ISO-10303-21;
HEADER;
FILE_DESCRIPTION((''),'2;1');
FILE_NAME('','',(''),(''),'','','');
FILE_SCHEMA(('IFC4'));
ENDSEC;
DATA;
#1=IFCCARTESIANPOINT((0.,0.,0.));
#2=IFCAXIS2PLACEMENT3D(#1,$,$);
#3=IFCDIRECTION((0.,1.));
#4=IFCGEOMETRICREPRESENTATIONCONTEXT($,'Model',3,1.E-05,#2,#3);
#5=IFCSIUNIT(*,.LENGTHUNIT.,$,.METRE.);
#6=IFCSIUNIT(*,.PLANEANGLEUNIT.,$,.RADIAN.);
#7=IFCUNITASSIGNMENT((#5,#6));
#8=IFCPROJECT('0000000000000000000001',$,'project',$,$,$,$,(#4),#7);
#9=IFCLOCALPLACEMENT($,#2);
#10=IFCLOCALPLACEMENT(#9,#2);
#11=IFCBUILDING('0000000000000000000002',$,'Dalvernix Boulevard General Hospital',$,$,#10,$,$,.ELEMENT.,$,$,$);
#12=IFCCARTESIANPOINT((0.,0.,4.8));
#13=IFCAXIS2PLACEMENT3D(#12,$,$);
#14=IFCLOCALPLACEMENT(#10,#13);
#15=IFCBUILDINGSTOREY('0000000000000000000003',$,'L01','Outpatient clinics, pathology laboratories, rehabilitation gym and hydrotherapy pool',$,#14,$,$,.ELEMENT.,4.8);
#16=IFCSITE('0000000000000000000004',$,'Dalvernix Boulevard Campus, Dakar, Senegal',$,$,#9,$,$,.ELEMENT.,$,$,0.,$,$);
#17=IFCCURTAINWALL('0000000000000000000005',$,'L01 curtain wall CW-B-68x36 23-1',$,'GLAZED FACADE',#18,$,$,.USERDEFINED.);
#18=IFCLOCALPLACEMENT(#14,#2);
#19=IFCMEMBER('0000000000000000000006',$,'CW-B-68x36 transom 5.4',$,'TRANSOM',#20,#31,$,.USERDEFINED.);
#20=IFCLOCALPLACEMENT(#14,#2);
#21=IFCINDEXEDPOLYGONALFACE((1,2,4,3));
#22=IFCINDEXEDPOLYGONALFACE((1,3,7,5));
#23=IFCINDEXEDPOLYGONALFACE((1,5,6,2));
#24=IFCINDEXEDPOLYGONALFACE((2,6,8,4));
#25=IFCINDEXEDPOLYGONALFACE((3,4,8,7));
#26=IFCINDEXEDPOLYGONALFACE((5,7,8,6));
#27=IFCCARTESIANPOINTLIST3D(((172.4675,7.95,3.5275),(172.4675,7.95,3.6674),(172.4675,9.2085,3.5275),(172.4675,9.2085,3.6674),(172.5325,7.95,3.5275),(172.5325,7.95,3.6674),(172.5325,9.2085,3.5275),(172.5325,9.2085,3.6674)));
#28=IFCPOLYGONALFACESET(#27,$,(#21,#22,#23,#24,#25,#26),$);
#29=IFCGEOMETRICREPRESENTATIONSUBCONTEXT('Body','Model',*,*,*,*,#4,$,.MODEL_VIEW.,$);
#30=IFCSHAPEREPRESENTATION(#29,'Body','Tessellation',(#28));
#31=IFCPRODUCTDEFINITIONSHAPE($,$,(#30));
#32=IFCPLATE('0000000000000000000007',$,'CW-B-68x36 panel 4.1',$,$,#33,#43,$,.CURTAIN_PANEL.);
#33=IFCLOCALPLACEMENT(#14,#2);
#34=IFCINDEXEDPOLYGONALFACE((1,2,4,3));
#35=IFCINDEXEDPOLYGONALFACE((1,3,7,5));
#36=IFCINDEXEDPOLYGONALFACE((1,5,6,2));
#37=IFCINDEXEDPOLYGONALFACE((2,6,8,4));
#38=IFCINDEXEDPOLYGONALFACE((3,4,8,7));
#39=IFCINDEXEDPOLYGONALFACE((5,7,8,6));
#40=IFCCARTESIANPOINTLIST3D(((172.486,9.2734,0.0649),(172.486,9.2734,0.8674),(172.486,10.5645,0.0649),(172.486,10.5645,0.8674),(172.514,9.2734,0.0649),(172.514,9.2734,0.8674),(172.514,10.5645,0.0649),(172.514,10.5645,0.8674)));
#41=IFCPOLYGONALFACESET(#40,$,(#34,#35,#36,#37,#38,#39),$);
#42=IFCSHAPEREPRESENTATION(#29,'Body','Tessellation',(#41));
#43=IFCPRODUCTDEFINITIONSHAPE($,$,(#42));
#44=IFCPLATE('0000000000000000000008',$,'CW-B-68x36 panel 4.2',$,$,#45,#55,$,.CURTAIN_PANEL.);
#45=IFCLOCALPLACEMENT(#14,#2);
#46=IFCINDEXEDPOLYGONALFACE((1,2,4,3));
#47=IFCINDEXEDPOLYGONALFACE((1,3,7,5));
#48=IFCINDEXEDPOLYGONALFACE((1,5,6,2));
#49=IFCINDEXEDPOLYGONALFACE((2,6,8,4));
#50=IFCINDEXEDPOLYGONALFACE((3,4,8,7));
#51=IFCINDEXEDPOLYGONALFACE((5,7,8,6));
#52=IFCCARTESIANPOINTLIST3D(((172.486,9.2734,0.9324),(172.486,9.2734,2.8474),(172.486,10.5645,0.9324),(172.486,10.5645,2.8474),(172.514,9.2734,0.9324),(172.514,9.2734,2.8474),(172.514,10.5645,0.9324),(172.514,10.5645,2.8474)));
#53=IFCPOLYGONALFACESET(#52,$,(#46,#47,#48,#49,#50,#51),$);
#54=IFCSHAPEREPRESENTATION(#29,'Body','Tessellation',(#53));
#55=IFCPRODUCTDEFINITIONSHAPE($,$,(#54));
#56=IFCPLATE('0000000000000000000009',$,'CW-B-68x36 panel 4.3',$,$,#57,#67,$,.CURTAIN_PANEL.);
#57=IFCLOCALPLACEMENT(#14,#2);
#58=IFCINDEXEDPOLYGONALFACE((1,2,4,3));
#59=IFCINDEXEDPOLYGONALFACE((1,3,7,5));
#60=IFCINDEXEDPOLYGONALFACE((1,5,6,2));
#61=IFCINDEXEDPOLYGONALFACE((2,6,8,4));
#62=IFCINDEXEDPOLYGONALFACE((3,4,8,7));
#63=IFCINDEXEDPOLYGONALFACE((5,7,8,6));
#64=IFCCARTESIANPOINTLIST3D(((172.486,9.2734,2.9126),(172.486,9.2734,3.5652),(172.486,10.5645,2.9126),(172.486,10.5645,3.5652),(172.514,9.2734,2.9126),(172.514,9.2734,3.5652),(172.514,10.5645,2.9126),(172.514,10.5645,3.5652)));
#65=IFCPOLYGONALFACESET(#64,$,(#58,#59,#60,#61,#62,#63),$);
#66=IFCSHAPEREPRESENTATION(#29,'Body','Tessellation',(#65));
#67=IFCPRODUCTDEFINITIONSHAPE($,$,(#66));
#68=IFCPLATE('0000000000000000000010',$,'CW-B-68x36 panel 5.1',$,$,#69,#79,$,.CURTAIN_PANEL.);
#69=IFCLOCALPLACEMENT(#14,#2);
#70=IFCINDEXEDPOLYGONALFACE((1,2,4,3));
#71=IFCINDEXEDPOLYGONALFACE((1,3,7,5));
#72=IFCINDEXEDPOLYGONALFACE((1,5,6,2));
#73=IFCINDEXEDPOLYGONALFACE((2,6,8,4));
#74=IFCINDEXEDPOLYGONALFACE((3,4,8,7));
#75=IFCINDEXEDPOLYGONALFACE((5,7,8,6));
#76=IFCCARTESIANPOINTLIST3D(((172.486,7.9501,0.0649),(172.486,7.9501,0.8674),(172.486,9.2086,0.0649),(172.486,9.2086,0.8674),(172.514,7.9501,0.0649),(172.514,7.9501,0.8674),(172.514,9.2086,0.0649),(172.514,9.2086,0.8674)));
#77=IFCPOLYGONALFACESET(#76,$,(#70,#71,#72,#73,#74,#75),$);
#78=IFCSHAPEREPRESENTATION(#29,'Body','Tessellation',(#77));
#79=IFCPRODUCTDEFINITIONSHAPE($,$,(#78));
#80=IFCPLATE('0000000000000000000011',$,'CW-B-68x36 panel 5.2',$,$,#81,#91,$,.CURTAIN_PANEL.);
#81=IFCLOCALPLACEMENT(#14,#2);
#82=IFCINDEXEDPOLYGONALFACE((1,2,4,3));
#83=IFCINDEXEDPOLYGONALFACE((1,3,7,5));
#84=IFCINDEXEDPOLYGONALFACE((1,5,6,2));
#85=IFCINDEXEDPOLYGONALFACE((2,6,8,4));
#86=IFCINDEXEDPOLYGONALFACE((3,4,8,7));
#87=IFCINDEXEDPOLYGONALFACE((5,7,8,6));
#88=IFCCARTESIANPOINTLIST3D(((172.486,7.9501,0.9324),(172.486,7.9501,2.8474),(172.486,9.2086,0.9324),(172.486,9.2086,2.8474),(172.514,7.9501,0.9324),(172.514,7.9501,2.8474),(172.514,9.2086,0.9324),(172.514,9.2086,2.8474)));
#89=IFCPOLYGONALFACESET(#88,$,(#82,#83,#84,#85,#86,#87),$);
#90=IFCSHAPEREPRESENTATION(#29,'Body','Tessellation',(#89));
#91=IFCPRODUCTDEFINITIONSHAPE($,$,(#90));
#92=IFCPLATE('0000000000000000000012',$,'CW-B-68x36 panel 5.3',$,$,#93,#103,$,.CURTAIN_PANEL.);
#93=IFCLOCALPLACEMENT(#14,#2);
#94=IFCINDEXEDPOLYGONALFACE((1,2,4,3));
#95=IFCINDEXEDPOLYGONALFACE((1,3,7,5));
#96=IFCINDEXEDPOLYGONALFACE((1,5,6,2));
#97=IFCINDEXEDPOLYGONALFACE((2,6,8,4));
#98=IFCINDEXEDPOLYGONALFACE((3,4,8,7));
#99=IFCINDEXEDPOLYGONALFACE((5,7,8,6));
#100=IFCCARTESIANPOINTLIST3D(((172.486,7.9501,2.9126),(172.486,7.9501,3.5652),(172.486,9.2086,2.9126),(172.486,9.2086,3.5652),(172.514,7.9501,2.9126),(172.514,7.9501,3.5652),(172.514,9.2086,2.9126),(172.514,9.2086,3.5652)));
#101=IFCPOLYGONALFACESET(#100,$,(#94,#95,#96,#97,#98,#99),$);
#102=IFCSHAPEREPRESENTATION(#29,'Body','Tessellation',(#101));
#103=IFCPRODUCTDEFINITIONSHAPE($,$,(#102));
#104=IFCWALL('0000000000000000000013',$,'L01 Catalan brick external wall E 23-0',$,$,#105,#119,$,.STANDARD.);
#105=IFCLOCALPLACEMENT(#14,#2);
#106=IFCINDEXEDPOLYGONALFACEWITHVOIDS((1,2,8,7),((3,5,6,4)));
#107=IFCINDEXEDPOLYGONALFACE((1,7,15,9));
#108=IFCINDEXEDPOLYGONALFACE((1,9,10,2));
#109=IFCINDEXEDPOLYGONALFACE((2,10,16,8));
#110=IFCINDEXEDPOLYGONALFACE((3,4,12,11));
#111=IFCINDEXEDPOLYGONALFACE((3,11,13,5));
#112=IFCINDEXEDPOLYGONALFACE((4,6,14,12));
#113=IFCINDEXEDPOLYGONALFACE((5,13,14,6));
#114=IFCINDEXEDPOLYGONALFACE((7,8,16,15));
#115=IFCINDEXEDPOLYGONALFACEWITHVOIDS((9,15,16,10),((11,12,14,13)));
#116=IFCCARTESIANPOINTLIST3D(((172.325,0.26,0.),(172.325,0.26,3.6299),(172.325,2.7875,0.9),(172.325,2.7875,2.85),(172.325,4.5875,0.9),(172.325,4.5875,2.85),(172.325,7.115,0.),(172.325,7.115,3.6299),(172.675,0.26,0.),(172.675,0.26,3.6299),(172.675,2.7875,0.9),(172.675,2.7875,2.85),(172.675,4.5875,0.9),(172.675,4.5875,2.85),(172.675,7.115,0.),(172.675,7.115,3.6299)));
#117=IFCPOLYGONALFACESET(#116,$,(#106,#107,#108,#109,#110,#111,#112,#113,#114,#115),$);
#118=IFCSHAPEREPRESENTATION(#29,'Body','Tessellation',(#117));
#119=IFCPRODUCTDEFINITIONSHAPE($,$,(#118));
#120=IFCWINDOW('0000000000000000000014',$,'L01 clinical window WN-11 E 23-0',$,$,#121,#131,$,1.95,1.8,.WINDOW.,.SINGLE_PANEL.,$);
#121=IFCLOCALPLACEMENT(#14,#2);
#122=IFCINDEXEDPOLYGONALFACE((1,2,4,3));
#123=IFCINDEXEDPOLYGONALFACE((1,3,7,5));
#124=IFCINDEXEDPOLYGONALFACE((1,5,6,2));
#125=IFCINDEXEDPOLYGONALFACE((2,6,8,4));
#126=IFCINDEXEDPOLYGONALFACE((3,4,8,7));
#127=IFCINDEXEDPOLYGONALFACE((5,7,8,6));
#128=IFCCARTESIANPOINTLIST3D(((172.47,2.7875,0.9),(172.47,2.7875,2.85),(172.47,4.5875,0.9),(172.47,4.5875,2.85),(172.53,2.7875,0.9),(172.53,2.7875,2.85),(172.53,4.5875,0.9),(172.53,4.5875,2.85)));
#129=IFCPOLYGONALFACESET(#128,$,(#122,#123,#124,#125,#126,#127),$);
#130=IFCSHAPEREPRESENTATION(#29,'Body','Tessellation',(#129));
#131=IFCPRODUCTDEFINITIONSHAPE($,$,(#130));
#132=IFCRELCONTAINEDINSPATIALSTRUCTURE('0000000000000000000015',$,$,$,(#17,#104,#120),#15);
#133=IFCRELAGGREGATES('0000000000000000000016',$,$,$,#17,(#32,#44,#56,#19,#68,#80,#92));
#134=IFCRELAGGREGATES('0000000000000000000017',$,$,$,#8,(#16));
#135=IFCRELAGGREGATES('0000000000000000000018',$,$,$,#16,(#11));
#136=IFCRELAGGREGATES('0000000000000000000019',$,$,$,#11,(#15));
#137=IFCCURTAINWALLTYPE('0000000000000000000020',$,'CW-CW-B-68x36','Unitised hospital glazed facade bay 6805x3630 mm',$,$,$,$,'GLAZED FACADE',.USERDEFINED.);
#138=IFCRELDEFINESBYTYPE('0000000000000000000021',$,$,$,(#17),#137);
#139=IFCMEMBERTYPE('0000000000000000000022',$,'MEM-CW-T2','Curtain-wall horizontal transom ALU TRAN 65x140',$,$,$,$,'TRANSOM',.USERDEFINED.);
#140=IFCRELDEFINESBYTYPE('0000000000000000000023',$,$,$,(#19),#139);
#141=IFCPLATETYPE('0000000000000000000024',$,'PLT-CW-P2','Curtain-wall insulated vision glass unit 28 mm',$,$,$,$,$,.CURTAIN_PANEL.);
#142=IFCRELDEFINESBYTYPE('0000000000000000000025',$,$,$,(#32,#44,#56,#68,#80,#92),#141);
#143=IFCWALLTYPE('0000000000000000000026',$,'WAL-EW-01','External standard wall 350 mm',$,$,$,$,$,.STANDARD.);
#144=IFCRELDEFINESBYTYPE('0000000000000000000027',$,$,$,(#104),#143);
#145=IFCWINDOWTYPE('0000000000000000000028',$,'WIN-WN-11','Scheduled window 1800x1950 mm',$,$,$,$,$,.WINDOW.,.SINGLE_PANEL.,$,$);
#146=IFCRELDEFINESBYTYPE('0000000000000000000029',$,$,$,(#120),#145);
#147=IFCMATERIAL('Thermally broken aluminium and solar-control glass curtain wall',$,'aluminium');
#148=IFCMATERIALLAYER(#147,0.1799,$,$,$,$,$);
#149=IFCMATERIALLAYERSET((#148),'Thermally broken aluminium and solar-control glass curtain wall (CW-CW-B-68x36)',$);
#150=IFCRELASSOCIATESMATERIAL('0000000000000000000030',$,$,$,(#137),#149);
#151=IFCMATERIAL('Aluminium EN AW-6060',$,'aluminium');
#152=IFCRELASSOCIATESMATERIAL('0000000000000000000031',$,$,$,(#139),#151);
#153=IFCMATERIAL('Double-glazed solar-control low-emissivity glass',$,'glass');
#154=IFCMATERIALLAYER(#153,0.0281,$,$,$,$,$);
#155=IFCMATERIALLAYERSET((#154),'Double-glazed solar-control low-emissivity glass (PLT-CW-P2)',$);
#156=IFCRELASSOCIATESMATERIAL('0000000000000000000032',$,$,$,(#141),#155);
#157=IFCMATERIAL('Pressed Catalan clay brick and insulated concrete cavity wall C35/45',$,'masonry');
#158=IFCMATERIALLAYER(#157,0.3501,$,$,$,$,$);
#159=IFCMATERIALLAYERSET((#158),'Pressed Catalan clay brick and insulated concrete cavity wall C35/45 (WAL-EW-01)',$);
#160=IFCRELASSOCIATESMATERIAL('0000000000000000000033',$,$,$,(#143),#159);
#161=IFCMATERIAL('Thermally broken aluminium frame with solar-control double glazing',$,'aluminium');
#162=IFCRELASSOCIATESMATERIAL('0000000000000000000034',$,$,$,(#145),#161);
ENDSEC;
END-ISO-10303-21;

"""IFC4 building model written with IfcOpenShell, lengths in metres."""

from ifc_helpers import new_model, si_unit, direction, frame, frame_2d, origin, origin_2d, place, context, subcontext, project, spatial, rectangle, extrude, material, layer, layer_set, material_profile, profile_set, type_object, element, fill, aggregate, save


model = new_model("IFC4")

# Units and contexts
model_context = context("Model", 3, precision=1e-05, world=origin(), true_north=direction((0.0, 1.0)))
body_context = subcontext(model_context, "Body", "Model", "MODEL_VIEW")
ifc_project = project(units=[si_unit("LENGTHUNIT", "METRE"), si_unit("PLANEANGLEUNIT", "RADIAN")], contexts=[model_context])

# Site, building, storey
site_placement = place(None, origin())
site = spatial("IfcSite", under=ifc_project, at=site_placement, Name="Dalvernix Boulevard Campus, Dakar, Senegal", CompositionType="ELEMENT", RefElevation=0.0)
building_placement = place(site_placement, origin())
building = spatial("IfcBuilding", under=site, at=building_placement, Name="Dalvernix Boulevard General Hospital", CompositionType="ELEMENT")
storey_placement = place(building_placement, frame((0.0, 0.0, 4.8)))
storey = spatial("IfcBuildingStorey", under=building, at=storey_placement, Name="L01", Description="Outpatient clinics, pathology laboratories, rehabilitation gym and hydrotherapy pool", CompositionType="ELEMENT", Elevation=4.8)

# Curtain wall, member, plates
ifc_material_1 = material(Name="Thermally broken aluminium and solar-control glass curtain wall", Category="aluminium")
ifc_layer_1 = layer(ifc_material_1, 0.1799)
ifc_layer_set_1 = layer_set([ifc_layer_1], Name="Thermally broken aluminium and solar-control glass curtain wall (CW-CW-B-68x36)")
curtain_wall_type = type_object("IfcCurtainWallType", Name="CW-CW-B-68x36", Description="Unitised hospital glazed facade bay 6805x3630 mm", ElementType="GLAZED FACADE", PredefinedType="USERDEFINED", material=ifc_layer_set_1)
curtain_wall_placement = place(storey_placement, origin())
curtain_wall = element("IfcCurtainWall", 1, at=curtain_wall_placement, inside=storey, type_object=curtain_wall_type, Name="L01 curtain wall CW-B-68x36 23-1", ObjectType="GLAZED FACADE", PredefinedType="USERDEFINED")
ifc_material_2 = material(Name="Aluminium EN AW-6060", Category="aluminium")
ifc_material_profile_1 = material_profile(ifc_material_2, rectangle(XDim=0.0649, YDim=0.1399, at=origin_2d()), Name="ALU TRAN 65x140")
ifc_profile_set_1 = profile_set([ifc_material_profile_1], Name="Aluminium EN AW-6060")
member_type_1 = type_object("IfcMemberType", Name="MEM-CW-T2", Description="Curtain-wall horizontal transom ALU TRAN 65x140", ElementType="TRANSOM", PredefinedType="USERDEFINED", material=ifc_profile_set_1)
member_1_placement = place(storey_placement, frame((172.5, 9.2085, 3.5974), z_axis=(0.0, -1.0, 0.0), x_axis=(1.0, 0.0, 0.0)))
member_1 = element("IfcMember", 2, at=member_1_placement, type_object=member_type_1, Name="CW-B-68x36 transom 5.4", ObjectType="TRANSOM", PredefinedType="USERDEFINED", context=body_context, shape_type="SweptSolid", body=[
    extrude(rectangle(XDim=0.0649, YDim=0.1399, at=origin_2d()), origin(), (0.0, 0.0, 1.0), 1.2585),
])
ifc_material_3 = material(Name="Double-glazed solar-control low-emissivity glass", Category="glass")
ifc_layer_2 = layer(ifc_material_3, 0.0281)
ifc_layer_set_2 = layer_set([ifc_layer_2], Name="Double-glazed solar-control low-emissivity glass (PLT-CW-P2)")
plate_type = type_object("IfcPlateType", Name="PLT-CW-P2", Description="Curtain-wall insulated vision glass unit 28 mm", PredefinedType="CURTAIN_PANEL", material=ifc_layer_set_2)
plate_1_placement = place(storey_placement, frame((172.5, 9.9189, 0.0649), z_axis=(0.0, 0.0, 1.0), x_axis=(0.0, -1.0, 0.0)))
plate_1 = element("IfcPlate", 3, at=plate_1_placement, type_object=plate_type, Name="CW-B-68x36 panel 4.1", PredefinedType="CURTAIN_PANEL", context=body_context, shape_type="SweptSolid", body=[
    extrude(rectangle(XDim=1.291, YDim=0.0281, at=origin_2d()), origin(), (0.0, 0.0, 1.0), 0.8025),
])
plate_2_placement = place(storey_placement, frame((172.5, 9.9189, 0.9324), z_axis=(0.0, 0.0, 1.0), x_axis=(0.0, -1.0, 0.0)))
plate_2 = element("IfcPlate", 4, at=plate_2_placement, type_object=plate_type, Name="CW-B-68x36 panel 4.2", PredefinedType="CURTAIN_PANEL", context=body_context, shape_type="SweptSolid", body=[
    extrude(rectangle(XDim=1.291, YDim=0.0281, at=origin_2d()), origin(), (0.0, 0.0, 1.0), 1.915),
])
plate_3_placement = place(storey_placement, frame((172.5, 9.9189, 2.9126), z_axis=(0.0, 0.0, 1.0), x_axis=(0.0, -1.0, 0.0)))
plate_3 = element("IfcPlate", 5, at=plate_3_placement, type_object=plate_type, Name="CW-B-68x36 panel 4.3", PredefinedType="CURTAIN_PANEL", context=body_context, shape_type="SweptSolid", body=[
    extrude(rectangle(XDim=1.291, YDim=0.0281, at=origin_2d()), origin(), (0.0, 0.0, 1.0), 0.6526),
])
plate_4_placement = place(storey_placement, frame((172.5, 8.5793, 0.0649), z_axis=(0.0, 0.0, 1.0), x_axis=(0.0, -1.0, 0.0)))
plate_4 = element("IfcPlate", 6, at=plate_4_placement, type_object=plate_type, Name="CW-B-68x36 panel 5.1", PredefinedType="CURTAIN_PANEL", context=body_context, shape_type="SweptSolid", body=[
    extrude(rectangle(XDim=1.2585, YDim=0.0281, at=origin_2d()), origin(), (0.0, 0.0, 1.0), 0.8025),
])
plate_5_placement = place(storey_placement, frame((172.5, 8.5793, 0.9324), z_axis=(0.0, 0.0, 1.0), x_axis=(0.0, -1.0, 0.0)))
plate_5 = element("IfcPlate", 7, at=plate_5_placement, type_object=plate_type, Name="CW-B-68x36 panel 5.2", PredefinedType="CURTAIN_PANEL", context=body_context, shape_type="SweptSolid", body=[
    extrude(rectangle(XDim=1.2585, YDim=0.0281, at=origin_2d()), origin(), (0.0, 0.0, 1.0), 1.915),
])
plate_6_placement = place(storey_placement, frame((172.5, 8.5793, 2.9126), z_axis=(0.0, 0.0, 1.0), x_axis=(0.0, -1.0, 0.0)))
plate_6 = element("IfcPlate", 8, at=plate_6_placement, type_object=plate_type, Name="CW-B-68x36 panel 5.3", PredefinedType="CURTAIN_PANEL", context=body_context, shape_type="SweptSolid", body=[
    extrude(rectangle(XDim=1.2585, YDim=0.0281, at=origin_2d()), origin(), (0.0, 0.0, 1.0), 0.6526),
])
aggregate(curtain_wall, [plate_1, plate_2, plate_3, member_1, plate_4, plate_5, plate_6])

# Wall, opening, window
ifc_material_4 = material(Name="Pressed Catalan clay brick and insulated concrete cavity wall C35/45", Category="masonry")
ifc_layer_3 = layer(ifc_material_4, 0.3501)
ifc_layer_set_3 = layer_set([ifc_layer_3], Name="Pressed Catalan clay brick and insulated concrete cavity wall C35/45 (WAL-EW-01)")
wall_type = type_object("IfcWallType", Name="WAL-EW-01", Description="External standard wall 350 mm", PredefinedType="STANDARD", material=ifc_layer_set_3)
wall_placement = place(storey_placement, frame((172.5, 7.115, 0.0), z_axis=(0.0, 0.0, 1.0), x_axis=(0.0, -1.0, 0.0)))
wall = element("IfcWall", 9, at=wall_placement, inside=storey, type_object=wall_type, Name="L01 Catalan brick external wall E 23-0", PredefinedType="STANDARD", context=body_context, shape_type="SweptSolid", body=[
    extrude(rectangle(XDim=6.855, YDim=0.3501, at=frame_2d((3.4275, 0.0))), origin(), (0.0, 0.0, 1.0), 3.6299),
])
opening_placement = place(wall_placement, frame((2.5276, 0.0, 0.8999)))
opening = element("IfcOpeningElement", 10, at=opening_placement, cuts=wall, PredefinedType="OPENING", context=body_context, shape_type="SweptSolid", body=[
    extrude(rectangle(XDim=1.8, YDim=1.95, at=frame_2d((0.8999, 0.9751))), frame((0.0, 0.1851, 0.0), z_axis=(0.0, -1.0, 0.0), x_axis=(1.0, 0.0, 0.0)), (0.0, 0.0, 1.0), 0.3701),
])
ifc_material_5 = material(Name="Thermally broken aluminium frame with solar-control double glazing", Category="aluminium")
window_type = type_object("IfcWindowType", Name="WIN-WN-11", Description="Scheduled window 1800x1950 mm", PartitioningType="SINGLE_PANEL", PredefinedType="WINDOW", material=ifc_material_5)
window_placement = place(opening_placement, origin())
window = element("IfcWindow", 11, at=window_placement, inside=storey, type_object=window_type, Name="L01 clinical window WN-11 E 23-0", OverallHeight=1.95, OverallWidth=1.8, PartitioningType="SINGLE_PANEL", PredefinedType="WINDOW", context=body_context, shape_type="SweptSolid", body=[
    extrude(rectangle(XDim=1.8, YDim=1.95, at=frame_2d((0.8999, 0.9751))), frame((0.0, 0.03, 0.0), z_axis=(0.0, -1.0, 0.0), x_axis=(1.0, 0.0, 0.0)), (0.0, 0.0, 1.0), 0.0601),
])
fill(opening, window)

save(model, "model.ifc")
